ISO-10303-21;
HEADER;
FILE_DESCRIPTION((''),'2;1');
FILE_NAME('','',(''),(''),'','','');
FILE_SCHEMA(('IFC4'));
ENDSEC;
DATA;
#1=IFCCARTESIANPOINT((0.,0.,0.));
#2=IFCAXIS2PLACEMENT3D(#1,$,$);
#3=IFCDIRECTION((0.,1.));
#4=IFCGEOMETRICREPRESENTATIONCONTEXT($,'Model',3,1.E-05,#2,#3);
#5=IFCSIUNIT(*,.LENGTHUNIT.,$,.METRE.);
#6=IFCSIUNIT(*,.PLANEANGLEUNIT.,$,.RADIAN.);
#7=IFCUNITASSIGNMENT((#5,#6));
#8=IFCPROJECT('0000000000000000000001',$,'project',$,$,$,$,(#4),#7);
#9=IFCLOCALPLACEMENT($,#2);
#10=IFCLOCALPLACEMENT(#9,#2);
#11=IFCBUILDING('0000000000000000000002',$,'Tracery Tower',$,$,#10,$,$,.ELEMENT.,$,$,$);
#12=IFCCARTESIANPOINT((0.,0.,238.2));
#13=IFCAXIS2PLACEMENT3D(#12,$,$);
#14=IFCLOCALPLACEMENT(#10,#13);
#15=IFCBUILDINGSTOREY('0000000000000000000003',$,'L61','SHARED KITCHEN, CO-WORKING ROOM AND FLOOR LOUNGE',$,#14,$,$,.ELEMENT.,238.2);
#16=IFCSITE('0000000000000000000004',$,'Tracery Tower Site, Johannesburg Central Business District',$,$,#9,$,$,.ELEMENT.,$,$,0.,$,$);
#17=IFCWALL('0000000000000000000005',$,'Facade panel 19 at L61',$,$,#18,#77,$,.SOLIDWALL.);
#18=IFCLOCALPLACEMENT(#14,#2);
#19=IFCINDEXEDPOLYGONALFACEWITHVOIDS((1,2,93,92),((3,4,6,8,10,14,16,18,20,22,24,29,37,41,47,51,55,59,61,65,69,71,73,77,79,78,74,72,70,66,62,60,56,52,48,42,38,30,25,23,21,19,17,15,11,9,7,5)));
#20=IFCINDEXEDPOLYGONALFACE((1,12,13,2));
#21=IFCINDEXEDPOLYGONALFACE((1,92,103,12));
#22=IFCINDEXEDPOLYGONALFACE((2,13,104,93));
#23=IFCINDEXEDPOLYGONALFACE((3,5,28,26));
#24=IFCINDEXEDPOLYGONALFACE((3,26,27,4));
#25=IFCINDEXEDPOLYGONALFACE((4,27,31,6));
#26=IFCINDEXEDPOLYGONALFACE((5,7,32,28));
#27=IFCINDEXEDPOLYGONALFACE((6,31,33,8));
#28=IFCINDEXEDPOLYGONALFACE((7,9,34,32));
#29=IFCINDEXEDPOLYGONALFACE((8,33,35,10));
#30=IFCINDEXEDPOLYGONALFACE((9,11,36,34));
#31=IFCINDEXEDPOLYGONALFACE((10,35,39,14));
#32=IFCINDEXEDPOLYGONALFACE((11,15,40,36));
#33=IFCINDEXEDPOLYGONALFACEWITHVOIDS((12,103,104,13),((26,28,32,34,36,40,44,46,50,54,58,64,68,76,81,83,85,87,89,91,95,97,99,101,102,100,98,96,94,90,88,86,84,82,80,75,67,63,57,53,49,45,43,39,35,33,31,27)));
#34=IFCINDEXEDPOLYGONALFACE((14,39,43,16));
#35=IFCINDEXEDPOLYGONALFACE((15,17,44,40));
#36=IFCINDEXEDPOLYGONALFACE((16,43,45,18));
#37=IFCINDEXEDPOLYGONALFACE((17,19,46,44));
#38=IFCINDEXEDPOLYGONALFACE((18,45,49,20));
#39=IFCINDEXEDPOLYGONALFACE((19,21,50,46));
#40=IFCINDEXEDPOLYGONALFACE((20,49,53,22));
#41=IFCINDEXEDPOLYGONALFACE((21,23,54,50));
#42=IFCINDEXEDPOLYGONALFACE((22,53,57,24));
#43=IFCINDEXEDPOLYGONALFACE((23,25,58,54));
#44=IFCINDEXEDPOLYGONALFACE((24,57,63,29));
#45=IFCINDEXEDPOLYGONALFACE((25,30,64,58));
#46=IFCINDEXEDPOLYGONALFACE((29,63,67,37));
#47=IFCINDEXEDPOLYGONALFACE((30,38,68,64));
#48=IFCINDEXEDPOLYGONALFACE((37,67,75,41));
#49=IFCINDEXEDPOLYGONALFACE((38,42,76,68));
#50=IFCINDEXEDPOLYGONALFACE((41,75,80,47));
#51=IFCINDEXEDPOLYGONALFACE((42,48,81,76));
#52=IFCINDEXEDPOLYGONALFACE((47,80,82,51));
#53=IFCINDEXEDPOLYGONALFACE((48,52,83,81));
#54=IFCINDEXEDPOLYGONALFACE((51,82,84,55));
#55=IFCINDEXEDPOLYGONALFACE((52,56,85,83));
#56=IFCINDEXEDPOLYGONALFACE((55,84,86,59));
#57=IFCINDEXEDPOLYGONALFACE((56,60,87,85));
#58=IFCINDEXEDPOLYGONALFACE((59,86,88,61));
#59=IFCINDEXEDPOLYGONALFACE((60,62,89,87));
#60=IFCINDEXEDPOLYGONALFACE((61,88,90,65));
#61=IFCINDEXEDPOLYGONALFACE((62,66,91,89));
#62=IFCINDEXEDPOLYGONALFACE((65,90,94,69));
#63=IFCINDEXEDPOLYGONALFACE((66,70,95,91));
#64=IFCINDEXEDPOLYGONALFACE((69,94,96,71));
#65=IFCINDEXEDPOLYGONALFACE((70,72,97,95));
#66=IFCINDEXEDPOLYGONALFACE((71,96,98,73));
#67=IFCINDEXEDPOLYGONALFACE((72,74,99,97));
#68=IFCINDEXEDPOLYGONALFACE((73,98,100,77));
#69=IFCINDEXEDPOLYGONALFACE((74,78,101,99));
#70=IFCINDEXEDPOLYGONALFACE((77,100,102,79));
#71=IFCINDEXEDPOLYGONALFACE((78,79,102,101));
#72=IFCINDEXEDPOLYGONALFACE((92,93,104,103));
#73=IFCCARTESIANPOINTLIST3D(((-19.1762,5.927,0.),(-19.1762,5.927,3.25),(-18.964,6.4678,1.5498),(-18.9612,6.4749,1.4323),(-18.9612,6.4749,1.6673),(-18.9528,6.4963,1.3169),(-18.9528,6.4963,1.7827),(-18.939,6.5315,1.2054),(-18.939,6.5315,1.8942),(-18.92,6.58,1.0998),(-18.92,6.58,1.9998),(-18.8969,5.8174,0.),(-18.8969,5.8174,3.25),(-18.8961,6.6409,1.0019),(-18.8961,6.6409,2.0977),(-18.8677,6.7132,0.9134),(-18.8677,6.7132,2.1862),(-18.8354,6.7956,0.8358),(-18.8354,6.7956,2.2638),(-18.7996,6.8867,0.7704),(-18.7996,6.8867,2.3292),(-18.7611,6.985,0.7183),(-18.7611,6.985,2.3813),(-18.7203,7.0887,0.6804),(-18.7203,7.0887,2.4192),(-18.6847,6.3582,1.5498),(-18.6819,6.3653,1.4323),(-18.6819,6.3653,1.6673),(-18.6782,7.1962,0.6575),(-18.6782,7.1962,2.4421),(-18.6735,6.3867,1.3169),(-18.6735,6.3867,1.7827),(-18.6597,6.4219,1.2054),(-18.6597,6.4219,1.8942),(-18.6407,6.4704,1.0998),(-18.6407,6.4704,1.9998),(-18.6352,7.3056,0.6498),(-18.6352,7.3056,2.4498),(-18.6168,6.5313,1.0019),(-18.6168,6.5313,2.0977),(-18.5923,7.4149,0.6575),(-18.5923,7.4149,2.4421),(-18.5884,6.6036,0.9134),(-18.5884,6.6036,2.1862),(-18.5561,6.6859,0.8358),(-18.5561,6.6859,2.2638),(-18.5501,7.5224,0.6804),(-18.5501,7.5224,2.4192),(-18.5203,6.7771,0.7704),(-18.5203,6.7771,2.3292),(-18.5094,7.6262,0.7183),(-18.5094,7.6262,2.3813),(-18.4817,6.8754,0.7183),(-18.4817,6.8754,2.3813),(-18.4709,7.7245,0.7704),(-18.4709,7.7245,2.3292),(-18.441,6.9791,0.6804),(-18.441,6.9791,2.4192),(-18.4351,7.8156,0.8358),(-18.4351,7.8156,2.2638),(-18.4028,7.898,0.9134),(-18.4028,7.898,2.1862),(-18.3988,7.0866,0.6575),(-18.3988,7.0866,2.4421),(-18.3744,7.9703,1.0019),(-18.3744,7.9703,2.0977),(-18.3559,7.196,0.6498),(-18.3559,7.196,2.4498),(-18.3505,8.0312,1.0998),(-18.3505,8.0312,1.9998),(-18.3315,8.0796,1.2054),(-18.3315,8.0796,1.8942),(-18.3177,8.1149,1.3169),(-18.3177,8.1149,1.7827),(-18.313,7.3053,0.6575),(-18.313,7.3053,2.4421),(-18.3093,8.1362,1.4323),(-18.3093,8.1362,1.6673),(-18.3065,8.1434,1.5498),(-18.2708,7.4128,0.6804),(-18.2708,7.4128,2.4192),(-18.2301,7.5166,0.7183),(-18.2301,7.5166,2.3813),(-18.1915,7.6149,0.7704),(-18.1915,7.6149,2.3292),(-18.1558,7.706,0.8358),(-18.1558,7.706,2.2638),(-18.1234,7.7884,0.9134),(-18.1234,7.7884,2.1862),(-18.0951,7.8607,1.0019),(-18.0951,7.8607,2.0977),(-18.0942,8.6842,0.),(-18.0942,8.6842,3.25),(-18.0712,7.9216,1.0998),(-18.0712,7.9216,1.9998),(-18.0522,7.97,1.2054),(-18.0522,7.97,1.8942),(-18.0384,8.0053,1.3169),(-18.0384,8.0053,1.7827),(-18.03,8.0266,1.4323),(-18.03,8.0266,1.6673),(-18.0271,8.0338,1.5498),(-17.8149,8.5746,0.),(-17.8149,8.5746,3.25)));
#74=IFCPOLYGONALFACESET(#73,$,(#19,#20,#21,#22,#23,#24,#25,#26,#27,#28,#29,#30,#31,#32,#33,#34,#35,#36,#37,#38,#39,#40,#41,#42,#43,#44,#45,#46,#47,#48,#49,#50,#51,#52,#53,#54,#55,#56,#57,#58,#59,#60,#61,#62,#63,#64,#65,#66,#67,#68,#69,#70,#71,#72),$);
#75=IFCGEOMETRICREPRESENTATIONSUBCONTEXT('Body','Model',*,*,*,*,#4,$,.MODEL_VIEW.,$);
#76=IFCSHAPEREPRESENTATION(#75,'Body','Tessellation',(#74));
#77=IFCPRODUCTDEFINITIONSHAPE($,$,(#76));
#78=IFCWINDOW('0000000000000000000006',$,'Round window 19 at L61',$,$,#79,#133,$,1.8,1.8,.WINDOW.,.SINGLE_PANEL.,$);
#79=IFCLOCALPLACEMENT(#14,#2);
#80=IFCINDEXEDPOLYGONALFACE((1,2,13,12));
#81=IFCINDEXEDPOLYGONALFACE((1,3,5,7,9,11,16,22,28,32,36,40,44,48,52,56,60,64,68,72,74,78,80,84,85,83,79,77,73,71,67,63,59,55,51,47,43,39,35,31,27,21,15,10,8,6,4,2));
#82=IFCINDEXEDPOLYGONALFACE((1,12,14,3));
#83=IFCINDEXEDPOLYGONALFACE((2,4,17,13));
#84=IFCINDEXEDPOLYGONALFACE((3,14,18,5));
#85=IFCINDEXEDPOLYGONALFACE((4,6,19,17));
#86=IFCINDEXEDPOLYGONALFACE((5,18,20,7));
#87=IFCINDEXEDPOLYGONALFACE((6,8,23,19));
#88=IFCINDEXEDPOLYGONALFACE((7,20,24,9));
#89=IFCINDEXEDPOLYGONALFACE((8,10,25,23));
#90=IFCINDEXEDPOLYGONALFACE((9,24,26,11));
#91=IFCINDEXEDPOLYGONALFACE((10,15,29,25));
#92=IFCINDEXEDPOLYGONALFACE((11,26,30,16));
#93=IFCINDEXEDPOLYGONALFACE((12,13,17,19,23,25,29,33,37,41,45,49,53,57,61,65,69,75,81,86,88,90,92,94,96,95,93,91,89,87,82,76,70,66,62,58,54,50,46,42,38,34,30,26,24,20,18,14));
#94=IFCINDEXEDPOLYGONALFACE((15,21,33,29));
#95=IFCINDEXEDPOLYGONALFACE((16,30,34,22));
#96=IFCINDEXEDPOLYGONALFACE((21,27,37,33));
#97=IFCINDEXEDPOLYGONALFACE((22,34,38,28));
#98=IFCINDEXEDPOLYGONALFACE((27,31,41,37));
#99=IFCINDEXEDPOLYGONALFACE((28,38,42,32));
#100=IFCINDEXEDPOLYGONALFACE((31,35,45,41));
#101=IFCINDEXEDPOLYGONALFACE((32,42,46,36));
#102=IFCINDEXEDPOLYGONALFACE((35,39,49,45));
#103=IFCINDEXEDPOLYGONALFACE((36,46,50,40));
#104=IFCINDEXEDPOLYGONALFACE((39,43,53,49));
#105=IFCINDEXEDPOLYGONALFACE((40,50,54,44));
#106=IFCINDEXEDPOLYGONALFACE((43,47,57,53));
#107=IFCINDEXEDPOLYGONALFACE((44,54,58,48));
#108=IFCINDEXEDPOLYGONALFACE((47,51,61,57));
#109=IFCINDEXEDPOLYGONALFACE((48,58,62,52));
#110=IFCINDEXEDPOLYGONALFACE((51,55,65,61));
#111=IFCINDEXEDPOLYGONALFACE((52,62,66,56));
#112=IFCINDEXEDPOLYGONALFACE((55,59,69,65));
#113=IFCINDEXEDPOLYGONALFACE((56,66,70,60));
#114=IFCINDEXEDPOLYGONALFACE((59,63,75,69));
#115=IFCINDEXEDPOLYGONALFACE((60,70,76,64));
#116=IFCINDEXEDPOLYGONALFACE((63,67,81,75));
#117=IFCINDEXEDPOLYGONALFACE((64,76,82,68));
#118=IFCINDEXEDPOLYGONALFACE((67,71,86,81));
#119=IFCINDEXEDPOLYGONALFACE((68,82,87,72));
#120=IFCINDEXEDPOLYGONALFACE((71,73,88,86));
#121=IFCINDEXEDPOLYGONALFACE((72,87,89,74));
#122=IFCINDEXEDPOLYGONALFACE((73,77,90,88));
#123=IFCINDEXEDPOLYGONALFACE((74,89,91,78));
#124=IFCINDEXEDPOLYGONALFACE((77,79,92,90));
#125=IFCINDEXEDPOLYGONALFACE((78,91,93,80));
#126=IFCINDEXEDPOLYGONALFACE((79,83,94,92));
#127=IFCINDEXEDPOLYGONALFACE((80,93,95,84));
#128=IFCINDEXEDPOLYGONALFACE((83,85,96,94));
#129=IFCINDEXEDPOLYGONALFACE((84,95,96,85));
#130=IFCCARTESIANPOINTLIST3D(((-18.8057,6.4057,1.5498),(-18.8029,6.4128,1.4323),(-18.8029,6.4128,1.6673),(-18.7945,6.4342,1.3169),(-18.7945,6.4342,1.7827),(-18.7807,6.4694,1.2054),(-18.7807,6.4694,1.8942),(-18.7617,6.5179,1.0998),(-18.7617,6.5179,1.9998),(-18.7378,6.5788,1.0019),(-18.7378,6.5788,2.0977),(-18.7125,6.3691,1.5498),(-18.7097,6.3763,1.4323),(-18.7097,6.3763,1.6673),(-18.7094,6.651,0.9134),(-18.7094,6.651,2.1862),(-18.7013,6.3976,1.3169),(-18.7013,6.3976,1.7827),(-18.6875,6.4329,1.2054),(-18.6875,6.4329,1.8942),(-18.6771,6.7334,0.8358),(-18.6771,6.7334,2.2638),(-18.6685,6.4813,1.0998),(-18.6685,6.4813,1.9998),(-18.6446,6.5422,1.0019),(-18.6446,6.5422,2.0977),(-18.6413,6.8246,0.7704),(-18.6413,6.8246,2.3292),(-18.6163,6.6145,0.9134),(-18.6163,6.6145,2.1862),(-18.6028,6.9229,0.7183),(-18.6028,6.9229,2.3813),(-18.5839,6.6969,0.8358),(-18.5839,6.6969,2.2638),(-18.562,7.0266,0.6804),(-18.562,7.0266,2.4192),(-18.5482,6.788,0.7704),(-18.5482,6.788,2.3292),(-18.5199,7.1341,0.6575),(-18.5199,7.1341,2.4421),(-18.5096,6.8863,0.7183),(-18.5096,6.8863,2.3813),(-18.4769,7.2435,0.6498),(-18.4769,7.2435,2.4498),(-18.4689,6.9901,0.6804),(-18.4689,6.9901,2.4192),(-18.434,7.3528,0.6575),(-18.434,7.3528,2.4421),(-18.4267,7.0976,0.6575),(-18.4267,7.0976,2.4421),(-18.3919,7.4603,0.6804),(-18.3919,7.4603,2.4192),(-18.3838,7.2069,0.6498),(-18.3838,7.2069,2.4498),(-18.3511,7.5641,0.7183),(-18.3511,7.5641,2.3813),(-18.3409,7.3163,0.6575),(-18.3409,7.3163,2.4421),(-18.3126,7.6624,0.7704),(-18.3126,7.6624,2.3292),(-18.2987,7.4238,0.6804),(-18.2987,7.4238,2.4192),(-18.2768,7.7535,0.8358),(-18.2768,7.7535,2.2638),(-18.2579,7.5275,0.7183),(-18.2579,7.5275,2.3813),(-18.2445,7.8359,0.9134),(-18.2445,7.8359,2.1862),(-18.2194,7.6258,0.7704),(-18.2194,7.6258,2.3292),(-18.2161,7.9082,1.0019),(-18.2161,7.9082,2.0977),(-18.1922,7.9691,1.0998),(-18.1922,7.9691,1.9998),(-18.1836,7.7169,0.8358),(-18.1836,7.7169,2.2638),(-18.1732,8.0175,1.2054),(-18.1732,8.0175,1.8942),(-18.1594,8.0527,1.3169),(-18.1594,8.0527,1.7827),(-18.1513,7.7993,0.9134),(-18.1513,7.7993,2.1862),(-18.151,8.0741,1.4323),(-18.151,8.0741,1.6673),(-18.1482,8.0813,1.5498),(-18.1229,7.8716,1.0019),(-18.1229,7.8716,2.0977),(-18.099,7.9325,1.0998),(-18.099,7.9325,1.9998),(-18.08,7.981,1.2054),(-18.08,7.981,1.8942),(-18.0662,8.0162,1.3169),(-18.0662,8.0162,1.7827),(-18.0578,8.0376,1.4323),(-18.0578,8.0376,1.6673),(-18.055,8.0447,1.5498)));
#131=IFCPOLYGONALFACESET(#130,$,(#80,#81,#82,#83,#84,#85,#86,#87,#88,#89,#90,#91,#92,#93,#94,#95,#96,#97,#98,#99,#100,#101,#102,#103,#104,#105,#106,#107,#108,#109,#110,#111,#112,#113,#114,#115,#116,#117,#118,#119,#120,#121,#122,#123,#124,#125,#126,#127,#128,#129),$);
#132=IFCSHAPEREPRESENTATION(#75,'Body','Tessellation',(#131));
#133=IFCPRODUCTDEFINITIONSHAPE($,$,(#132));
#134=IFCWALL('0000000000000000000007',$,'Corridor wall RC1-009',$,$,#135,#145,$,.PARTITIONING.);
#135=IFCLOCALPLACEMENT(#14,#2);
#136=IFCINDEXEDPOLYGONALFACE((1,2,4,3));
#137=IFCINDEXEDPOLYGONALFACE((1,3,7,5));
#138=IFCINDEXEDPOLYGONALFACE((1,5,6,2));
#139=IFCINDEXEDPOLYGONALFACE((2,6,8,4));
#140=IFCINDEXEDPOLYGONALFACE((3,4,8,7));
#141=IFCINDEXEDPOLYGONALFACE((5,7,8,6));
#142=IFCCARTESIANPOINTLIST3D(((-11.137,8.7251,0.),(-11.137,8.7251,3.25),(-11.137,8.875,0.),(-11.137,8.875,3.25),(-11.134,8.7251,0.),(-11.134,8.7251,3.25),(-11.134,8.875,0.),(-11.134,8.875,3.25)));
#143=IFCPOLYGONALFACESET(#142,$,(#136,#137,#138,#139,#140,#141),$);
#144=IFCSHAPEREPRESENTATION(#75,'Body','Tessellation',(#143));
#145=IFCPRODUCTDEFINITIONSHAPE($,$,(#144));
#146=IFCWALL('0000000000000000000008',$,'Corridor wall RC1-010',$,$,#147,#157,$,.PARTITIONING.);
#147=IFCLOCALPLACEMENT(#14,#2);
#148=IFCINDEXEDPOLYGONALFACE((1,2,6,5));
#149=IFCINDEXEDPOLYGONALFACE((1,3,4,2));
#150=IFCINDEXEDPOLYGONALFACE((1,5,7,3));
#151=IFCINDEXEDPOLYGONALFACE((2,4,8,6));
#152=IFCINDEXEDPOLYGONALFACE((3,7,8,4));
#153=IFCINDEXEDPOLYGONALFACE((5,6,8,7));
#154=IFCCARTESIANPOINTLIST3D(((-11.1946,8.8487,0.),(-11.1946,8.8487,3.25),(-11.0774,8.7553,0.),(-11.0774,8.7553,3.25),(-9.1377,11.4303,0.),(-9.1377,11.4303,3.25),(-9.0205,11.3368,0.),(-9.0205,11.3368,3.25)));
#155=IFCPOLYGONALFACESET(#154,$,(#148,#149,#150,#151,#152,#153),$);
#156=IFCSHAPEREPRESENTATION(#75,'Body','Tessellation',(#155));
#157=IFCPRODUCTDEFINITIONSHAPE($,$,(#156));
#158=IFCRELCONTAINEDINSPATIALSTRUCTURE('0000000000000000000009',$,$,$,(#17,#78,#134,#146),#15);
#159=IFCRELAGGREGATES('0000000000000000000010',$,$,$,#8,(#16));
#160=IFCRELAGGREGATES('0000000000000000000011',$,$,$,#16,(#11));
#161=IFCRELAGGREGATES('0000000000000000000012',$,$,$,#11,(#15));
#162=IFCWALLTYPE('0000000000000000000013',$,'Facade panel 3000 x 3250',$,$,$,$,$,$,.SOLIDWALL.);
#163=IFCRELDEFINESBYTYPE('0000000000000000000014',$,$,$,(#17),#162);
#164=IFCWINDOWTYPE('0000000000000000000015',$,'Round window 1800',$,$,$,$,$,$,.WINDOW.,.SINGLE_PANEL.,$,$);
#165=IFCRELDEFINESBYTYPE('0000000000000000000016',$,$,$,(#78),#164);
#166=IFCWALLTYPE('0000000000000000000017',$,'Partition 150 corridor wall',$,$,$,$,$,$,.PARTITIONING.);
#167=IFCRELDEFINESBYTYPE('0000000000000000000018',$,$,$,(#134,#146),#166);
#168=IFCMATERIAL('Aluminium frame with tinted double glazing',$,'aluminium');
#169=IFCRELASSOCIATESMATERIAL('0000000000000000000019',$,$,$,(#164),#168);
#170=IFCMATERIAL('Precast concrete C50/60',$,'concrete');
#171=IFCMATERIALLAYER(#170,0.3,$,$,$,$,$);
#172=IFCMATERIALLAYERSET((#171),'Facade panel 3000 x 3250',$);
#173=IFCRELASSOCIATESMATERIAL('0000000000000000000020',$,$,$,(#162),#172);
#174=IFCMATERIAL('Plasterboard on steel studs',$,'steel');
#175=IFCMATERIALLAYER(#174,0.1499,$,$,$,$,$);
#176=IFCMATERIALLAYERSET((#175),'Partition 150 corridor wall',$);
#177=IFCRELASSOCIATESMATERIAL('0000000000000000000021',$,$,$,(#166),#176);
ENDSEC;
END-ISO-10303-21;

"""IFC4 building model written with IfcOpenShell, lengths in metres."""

from ifc_helpers import new_model, si_unit, direction, frame, frame_2d, origin, origin_2d, place, context, subcontext, project, spatial, rectangle, circle, extrude, material, layer, layer_set, type_object, element, fill, save


model = new_model("IFC4")

# Units and contexts
model_context = context("Model", 3, precision=1e-05, world=origin(), true_north=direction((0.0, 1.0)))
body_context = subcontext(model_context, "Body", "Model", "MODEL_VIEW")
ifc_project = project(units=[si_unit("LENGTHUNIT", "METRE"), si_unit("PLANEANGLEUNIT", "RADIAN")], contexts=[model_context])

# Site, building, storey
site_placement = place(None, origin())
site = spatial("IfcSite", under=ifc_project, at=site_placement, Name="Tracery Tower Site, Johannesburg Central Business District", CompositionType="ELEMENT", RefElevation=0.0)
building_placement = place(site_placement, origin())
building = spatial("IfcBuilding", under=site, at=building_placement, Name="Tracery Tower", CompositionType="ELEMENT")
storey_placement = place(building_placement, frame((0.0, 0.0, 238.2)))
storey = spatial("IfcBuildingStorey", under=building, at=storey_placement, Name="L61", Description="SHARED KITCHEN, CO-WORKING ROOM AND FLOOR LOUNGE", CompositionType="ELEMENT", Elevation=238.2)

# Wall, opening, window
ifc_material_1 = material(Name="Aluminium frame with tinted double glazing", Category="aluminium")
window_type = type_object("IfcWindowType", Name="Round window 1800", PartitioningType="SINGLE_PANEL", PredefinedType="WINDOW", material=ifc_material_1)
ifc_material_2 = material(Name="Precast concrete C50/60", Category="concrete")
ifc_layer_1 = layer(ifc_material_2, 0.3)
ifc_layer_set_1 = layer_set([ifc_layer_1], Name="Facade panel 3000 x 3250")
wall_type_1 = type_object("IfcWallType", Name="Facade panel 3000 x 3250", PredefinedType="SOLIDWALL", material=ifc_layer_set_1)
wall_1_placement = place(storey_placement, frame((-17.9546, 8.6294, 0.0), z_axis=(0.0, 0.0, 1.0), x_axis=(-0.3653, -0.93089, 0.0)))
wall_1 = element("IfcWall", 1, at=wall_1_placement, inside=storey, type_object=wall_type_1, Name="Facade panel 19 at L61", PredefinedType="SOLIDWALL", context=body_context, shape_type="SweptSolid", body=[
    extrude(rectangle(XDim=2.9619, YDim=0.3, at=frame_2d((1.481, 0.0))), origin(), (0.0, 0.0, 1.0), 3.25),
])
opening_1_placement = place(wall_1_placement, frame((1.481, 0.0, 1.5498)))
opening_1 = element("IfcOpeningElement", 2, at=opening_1_placement, cuts=wall_1, PredefinedType="OPENING", context=body_context, shape_type="SweptSolid", body=[
    extrude(circle(Radius=0.9, at=origin_2d()), frame((0.0, 0.1599, 0.0), z_axis=(0.0, -1.0, 0.0), x_axis=(1.0, 0.0, 0.0)), (0.0, 0.0, 1.0), 0.3201),
])
window_1_placement = place(opening_1_placement, origin())
window_1 = element("IfcWindow", 3, at=window_1_placement, inside=storey, type_object=window_type, Name="Round window 19 at L61", OverallHeight=1.8, OverallWidth=1.8, PartitioningType="SINGLE_PANEL", PredefinedType="WINDOW", context=body_context, shape_type="SweptSolid", body=[
    extrude(circle(Radius=0.9, at=origin_2d()), frame((0.0, 0.1201, 0.0), z_axis=(0.0, -1.0, 0.0), x_axis=(1.0, 0.0, 0.0)), (0.0, 0.0, 1.0), 0.1001),
])
fill(opening_1, window_1)

# Walls
ifc_material_3 = material(Name="Plasterboard on steel studs", Category="steel")
ifc_layer_2 = layer(ifc_material_3, 0.1499)
ifc_layer_set_2 = layer_set([ifc_layer_2], Name="Partition 150 corridor wall")
wall_type_2 = type_object("IfcWallType", Name="Partition 150 corridor wall", PredefinedType="PARTITIONING", material=ifc_layer_set_2)
wall_2_placement = place(storey_placement, frame((-11.134, 8.8, 0.0), z_axis=(0.0, 0.0, 1.0), x_axis=(-1.0, 0.0, 0.0)))
element("IfcWall", 4, at=wall_2_placement, inside=storey, type_object=wall_type_2, Name="Corridor wall RC1-009", PredefinedType="PARTITIONING", context=body_context, shape_type="SweptSolid", body=[
    extrude(rectangle(XDim=0.0029, YDim=0.1499, at=frame_2d((0.0015, 0.0))), origin(), (0.0, 0.0, 1.0), 3.25),
])
wall_3_placement = place(storey_placement, frame((-11.136, 8.802, 0.0), z_axis=(0.0, 0.0, 1.0), x_axis=(0.623151, 0.782101, 0.0)))
element("IfcWall", 5, at=wall_3_placement, inside=storey, type_object=wall_type_2, Name="Corridor wall RC1-010", PredefinedType="PARTITIONING", context=body_context, shape_type="SweptSolid", body=[
    extrude(rectangle(XDim=3.3008, YDim=0.1499, at=frame_2d((1.6504, 0.0))), origin(), (0.0, 0.0, 1.0), 3.25),
])

save(model, "model.ifc")
